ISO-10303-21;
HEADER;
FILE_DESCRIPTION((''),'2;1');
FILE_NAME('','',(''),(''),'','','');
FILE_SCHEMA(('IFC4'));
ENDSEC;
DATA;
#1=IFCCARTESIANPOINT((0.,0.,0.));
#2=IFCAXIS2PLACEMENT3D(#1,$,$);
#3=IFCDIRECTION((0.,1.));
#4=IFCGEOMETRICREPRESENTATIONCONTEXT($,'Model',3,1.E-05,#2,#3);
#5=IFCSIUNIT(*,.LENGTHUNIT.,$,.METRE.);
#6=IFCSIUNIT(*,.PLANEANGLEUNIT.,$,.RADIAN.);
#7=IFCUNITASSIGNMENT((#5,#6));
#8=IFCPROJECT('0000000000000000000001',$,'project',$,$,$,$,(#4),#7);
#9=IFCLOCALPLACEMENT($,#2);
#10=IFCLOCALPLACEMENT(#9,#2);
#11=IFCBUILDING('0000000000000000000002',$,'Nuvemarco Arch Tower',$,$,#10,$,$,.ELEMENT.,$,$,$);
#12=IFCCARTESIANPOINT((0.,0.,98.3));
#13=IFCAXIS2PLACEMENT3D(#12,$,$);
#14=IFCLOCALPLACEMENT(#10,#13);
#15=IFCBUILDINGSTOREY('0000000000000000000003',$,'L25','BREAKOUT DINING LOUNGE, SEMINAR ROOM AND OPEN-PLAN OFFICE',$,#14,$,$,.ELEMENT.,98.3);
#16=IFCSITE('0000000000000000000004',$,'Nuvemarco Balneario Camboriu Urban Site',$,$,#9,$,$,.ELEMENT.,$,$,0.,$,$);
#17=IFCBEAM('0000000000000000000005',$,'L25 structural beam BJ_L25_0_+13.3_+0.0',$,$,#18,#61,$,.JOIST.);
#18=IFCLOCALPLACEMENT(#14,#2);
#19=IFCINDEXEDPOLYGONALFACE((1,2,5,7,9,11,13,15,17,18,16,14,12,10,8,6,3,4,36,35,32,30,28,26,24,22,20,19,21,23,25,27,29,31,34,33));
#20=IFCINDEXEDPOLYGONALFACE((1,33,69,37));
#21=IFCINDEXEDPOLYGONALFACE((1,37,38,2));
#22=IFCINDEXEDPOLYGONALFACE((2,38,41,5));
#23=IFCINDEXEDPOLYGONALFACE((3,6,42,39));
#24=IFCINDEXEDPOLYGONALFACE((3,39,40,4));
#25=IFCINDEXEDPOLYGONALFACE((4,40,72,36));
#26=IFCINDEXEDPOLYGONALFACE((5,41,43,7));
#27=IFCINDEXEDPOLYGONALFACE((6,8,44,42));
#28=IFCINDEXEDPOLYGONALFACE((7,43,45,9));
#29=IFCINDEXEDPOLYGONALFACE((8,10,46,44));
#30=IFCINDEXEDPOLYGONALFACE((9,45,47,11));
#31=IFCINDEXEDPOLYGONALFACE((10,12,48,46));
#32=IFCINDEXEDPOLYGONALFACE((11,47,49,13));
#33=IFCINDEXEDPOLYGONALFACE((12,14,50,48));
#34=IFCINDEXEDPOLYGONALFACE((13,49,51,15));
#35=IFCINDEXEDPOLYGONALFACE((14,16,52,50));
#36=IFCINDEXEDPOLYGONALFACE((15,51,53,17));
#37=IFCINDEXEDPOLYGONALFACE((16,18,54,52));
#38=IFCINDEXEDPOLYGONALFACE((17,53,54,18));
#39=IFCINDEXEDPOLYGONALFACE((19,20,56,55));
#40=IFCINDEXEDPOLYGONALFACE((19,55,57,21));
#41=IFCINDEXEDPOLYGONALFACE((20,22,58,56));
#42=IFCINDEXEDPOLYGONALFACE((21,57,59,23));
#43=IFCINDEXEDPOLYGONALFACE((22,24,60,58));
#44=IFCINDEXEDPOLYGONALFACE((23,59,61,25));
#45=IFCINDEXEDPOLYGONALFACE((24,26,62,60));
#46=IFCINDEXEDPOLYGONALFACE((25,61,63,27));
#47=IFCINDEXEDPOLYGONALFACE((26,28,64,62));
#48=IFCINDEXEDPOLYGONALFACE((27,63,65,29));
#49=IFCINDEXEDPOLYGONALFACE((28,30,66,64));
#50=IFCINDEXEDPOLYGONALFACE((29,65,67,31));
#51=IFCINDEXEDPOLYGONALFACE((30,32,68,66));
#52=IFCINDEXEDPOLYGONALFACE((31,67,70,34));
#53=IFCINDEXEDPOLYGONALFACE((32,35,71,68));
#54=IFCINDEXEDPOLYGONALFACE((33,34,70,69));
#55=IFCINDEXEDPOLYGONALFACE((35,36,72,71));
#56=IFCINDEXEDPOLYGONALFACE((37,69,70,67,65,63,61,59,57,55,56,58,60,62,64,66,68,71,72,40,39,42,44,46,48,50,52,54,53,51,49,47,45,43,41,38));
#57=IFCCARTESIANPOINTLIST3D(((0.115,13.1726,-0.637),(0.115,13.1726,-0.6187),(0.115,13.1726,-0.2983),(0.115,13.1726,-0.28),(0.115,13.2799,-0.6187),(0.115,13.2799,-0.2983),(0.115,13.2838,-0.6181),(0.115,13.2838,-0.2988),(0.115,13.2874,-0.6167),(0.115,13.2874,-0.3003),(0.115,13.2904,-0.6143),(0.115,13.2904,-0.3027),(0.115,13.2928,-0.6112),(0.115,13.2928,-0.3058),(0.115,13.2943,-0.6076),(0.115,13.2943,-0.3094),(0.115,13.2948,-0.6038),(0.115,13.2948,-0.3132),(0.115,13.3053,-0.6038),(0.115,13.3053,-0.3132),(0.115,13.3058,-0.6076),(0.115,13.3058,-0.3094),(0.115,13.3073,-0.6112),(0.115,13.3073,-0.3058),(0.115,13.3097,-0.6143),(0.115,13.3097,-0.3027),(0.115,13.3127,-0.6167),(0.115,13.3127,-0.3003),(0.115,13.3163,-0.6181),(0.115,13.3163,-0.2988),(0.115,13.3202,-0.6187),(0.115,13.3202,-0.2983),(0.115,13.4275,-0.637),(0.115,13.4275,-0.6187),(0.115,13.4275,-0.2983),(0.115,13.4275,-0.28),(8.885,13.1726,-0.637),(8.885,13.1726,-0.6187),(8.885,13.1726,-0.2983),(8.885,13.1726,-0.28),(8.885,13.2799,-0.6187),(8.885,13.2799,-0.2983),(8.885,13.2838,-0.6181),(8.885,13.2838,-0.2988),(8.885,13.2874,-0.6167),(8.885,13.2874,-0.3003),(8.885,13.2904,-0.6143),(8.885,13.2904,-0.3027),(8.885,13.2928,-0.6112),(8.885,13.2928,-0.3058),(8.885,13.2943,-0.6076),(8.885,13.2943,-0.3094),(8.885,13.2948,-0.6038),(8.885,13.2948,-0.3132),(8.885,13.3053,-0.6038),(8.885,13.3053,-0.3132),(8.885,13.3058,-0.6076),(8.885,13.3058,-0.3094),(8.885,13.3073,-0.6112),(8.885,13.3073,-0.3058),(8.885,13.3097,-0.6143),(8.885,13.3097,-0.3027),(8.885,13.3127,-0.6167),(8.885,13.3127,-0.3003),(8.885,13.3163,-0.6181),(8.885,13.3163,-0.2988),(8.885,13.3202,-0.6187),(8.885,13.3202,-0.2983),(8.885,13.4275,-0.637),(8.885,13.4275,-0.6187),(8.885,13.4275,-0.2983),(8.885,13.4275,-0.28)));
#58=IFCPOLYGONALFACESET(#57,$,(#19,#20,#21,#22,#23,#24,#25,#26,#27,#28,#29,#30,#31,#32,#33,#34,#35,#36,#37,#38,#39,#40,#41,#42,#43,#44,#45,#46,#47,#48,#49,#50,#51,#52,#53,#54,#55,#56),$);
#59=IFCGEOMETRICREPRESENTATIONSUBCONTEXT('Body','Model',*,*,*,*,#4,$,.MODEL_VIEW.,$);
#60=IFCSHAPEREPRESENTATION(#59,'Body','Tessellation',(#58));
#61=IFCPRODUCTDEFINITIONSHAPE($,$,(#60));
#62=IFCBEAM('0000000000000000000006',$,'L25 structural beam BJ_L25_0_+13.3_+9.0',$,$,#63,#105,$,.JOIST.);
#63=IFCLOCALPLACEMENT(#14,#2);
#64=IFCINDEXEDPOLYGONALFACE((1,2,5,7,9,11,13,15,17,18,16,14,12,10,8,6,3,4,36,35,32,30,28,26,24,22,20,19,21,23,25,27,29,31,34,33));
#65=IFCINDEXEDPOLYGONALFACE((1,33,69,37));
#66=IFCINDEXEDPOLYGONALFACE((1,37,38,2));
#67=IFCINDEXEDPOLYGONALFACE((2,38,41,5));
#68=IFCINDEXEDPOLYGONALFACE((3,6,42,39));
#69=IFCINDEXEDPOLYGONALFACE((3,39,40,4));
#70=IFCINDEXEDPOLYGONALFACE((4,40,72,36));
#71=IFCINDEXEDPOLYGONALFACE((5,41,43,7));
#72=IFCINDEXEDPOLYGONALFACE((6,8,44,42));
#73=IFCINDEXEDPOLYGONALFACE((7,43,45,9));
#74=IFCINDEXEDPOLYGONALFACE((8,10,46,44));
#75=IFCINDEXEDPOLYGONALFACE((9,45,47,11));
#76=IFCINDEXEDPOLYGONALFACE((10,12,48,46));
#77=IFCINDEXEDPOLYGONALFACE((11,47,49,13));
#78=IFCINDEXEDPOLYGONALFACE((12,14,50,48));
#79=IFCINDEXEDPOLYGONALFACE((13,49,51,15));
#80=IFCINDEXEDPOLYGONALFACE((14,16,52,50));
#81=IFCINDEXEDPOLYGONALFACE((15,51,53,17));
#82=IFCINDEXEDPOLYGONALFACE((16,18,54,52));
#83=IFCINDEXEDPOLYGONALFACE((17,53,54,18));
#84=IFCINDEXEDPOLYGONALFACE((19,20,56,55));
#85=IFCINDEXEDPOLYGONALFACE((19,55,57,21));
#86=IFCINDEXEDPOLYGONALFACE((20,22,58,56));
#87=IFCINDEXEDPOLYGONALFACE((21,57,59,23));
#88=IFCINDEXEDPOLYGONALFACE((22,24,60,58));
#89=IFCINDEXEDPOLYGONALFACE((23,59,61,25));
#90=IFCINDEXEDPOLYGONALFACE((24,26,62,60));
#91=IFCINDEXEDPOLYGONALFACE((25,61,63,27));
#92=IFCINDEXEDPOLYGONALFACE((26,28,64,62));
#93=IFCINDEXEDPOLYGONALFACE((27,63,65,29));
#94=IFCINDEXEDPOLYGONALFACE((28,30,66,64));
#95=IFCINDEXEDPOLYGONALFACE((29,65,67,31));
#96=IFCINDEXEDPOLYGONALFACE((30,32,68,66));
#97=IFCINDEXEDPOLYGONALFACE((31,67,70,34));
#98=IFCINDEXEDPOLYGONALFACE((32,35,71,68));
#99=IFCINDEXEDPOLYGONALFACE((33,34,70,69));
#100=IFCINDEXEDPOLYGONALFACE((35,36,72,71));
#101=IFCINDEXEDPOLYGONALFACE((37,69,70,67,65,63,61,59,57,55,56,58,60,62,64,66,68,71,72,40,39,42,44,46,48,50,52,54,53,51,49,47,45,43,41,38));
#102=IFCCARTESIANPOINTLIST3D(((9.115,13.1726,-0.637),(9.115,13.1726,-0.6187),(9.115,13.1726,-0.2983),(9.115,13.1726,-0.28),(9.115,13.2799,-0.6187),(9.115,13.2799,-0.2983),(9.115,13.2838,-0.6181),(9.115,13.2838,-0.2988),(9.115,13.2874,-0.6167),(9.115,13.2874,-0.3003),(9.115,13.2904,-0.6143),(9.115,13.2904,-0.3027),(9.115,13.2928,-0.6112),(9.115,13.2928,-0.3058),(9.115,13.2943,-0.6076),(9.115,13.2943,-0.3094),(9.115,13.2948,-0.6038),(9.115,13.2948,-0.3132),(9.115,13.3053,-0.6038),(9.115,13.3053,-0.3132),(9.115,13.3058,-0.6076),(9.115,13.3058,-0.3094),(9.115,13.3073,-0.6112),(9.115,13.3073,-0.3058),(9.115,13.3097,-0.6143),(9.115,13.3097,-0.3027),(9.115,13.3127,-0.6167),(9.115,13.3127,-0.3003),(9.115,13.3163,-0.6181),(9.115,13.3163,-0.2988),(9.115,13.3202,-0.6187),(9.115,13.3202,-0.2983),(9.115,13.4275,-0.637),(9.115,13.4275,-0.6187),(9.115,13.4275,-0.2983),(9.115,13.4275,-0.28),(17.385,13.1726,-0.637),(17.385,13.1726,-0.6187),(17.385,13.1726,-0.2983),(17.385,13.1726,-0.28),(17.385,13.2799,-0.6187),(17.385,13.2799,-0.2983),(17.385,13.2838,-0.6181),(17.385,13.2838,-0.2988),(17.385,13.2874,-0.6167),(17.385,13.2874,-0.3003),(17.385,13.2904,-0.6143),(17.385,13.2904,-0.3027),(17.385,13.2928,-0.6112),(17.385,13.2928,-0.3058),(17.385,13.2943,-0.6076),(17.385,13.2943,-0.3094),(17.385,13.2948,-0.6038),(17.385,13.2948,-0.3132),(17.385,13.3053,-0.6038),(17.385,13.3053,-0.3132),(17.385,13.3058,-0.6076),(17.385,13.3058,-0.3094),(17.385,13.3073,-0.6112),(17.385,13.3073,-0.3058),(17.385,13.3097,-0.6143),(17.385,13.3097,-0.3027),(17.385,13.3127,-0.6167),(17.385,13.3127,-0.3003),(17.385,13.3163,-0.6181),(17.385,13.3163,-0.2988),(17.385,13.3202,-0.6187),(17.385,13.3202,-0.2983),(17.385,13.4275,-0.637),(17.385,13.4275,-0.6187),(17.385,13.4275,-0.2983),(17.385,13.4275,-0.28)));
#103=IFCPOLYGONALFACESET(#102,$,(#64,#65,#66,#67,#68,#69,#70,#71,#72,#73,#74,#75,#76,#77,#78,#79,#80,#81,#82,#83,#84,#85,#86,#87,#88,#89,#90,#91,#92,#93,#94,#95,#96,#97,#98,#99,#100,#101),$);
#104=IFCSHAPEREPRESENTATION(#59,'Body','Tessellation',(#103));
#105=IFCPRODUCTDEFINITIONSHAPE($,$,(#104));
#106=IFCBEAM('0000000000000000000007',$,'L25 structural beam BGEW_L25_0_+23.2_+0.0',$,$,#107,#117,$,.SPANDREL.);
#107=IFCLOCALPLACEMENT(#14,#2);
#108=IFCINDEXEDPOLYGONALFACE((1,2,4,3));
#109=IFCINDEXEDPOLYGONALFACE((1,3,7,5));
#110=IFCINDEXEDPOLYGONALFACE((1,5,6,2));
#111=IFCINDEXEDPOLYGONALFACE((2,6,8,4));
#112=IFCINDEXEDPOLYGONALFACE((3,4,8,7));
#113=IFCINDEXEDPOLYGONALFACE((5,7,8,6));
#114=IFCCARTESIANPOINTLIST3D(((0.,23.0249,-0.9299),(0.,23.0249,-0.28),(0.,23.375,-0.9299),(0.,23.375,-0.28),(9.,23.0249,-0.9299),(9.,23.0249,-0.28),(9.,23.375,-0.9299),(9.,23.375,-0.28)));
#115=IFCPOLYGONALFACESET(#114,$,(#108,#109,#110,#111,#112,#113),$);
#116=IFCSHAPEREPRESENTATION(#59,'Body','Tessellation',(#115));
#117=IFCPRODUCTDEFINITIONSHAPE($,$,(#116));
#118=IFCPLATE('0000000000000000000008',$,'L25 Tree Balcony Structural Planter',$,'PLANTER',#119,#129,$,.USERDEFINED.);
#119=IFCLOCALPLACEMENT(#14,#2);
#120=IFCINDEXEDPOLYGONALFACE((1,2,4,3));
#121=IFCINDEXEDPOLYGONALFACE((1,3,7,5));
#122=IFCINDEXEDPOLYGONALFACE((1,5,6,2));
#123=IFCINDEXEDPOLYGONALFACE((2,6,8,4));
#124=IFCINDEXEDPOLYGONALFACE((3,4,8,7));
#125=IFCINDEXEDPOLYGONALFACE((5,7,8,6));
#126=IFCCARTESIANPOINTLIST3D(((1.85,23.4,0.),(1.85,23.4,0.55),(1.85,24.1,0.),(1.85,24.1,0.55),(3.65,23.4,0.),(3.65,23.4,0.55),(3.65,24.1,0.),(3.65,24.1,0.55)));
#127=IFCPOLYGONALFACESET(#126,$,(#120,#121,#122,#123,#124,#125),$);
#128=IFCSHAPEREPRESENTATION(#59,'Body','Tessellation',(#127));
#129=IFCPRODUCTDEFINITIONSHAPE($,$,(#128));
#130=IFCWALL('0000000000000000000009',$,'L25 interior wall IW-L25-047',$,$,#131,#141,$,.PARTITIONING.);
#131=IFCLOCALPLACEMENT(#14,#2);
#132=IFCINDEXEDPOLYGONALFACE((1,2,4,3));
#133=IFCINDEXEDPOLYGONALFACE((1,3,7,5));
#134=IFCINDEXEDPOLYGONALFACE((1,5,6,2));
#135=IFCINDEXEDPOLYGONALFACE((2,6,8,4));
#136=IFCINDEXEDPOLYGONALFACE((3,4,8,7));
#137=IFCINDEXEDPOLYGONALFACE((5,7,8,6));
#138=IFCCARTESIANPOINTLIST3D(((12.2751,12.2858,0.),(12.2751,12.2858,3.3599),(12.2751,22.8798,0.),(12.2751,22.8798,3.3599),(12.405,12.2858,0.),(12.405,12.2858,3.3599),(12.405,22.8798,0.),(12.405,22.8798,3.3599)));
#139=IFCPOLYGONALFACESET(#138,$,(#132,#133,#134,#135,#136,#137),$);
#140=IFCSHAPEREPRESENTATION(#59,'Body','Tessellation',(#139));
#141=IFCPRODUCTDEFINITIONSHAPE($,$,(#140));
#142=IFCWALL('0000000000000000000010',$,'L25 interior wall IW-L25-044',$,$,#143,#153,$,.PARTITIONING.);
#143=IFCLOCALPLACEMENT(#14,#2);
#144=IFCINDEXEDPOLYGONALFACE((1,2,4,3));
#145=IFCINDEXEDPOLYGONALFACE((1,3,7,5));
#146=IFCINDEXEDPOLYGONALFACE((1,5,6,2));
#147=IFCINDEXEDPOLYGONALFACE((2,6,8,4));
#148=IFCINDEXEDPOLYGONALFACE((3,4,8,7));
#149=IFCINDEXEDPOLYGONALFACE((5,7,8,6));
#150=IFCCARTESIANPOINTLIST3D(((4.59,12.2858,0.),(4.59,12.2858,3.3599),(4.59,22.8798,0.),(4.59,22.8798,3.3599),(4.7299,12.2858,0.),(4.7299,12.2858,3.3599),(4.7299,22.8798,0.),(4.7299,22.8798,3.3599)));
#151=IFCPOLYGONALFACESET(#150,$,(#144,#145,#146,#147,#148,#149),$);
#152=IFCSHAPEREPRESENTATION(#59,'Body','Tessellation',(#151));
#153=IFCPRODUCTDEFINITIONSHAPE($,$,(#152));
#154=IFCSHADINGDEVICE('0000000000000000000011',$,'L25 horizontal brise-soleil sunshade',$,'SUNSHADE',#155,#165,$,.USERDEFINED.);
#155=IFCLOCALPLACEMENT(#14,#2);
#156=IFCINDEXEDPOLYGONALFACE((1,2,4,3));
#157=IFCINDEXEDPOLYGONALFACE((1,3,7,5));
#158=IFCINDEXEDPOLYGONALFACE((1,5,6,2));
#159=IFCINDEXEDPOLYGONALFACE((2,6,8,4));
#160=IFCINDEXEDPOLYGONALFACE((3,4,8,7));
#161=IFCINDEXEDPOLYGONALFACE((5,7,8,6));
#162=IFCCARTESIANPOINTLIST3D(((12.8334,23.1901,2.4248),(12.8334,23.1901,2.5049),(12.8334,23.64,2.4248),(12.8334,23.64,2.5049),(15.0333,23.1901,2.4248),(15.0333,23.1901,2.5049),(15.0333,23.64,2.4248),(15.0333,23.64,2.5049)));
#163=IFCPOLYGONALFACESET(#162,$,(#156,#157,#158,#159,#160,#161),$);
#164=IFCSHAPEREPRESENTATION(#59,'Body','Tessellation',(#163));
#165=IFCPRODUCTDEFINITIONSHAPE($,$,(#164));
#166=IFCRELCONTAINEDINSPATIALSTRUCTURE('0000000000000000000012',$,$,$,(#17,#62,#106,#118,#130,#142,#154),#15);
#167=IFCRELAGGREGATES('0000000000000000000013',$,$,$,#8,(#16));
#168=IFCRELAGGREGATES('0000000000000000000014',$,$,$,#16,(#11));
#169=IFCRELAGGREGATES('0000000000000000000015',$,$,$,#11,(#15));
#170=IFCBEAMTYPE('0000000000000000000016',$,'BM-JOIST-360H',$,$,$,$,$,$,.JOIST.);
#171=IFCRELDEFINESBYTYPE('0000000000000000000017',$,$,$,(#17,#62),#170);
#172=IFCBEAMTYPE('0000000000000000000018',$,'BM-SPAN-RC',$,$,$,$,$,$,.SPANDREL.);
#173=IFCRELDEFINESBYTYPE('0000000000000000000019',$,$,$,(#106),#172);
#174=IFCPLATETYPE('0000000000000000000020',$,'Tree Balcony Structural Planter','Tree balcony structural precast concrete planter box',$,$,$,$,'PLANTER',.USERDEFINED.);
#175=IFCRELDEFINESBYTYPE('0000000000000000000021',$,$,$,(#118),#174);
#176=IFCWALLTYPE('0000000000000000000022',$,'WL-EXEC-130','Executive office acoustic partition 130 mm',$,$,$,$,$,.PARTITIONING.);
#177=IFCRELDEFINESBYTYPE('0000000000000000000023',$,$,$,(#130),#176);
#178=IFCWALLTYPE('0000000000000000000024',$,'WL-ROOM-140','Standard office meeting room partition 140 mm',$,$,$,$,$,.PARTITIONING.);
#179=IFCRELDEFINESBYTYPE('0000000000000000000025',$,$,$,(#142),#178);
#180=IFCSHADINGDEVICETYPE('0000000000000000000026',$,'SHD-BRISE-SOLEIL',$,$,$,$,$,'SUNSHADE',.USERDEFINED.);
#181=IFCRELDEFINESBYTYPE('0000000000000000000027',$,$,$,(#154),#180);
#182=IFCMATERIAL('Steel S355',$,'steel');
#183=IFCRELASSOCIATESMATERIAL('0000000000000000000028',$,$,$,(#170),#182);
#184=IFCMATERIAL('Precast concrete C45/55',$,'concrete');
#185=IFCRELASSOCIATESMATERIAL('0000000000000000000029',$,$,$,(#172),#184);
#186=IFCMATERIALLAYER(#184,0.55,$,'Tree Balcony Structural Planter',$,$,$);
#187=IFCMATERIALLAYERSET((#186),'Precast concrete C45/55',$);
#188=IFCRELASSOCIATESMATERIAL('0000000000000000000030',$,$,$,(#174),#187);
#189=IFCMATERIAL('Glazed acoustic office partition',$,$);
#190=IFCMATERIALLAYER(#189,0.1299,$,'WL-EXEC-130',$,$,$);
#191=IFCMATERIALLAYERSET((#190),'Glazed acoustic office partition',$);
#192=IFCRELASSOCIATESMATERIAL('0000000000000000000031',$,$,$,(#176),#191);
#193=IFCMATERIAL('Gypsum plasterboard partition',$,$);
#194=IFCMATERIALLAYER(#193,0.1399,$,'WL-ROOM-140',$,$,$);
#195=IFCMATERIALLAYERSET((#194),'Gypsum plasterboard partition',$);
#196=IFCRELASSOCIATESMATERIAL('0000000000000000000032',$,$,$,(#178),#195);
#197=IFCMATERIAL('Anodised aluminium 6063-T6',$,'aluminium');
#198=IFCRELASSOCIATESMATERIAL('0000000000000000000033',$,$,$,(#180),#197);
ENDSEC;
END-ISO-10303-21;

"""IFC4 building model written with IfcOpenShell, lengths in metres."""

from ifc_helpers import new_model, si_unit, direction, frame, frame_2d, origin, origin_2d, place, context, subcontext, project, spatial, rectangle, i_section, extrude, source, transform, mapped, material, layer, layer_set, material_profile, profile_set, type_object, type_shapes, element, save


model = new_model("IFC4")

# Units and contexts
model_context = context("Model", 3, precision=1e-05, world=origin(), true_north=direction((0.0, 1.0)))
body_context = subcontext(model_context, "Body", "Model", "MODEL_VIEW")
ifc_project = project(units=[si_unit("LENGTHUNIT", "METRE"), si_unit("PLANEANGLEUNIT", "RADIAN")], contexts=[model_context])

# Site, building, storey
site_placement = place(None, origin())
site = spatial("IfcSite", under=ifc_project, at=site_placement, Name="Nuvemarco Balneario Camboriu Urban Site", CompositionType="ELEMENT", RefElevation=0.0)
building_placement = place(site_placement, origin())
building = spatial("IfcBuilding", under=site, at=building_placement, Name="Nuvemarco Arch Tower", CompositionType="ELEMENT")
storey_placement = place(building_placement, frame((0.0, 0.0, 98.3)))
storey = spatial("IfcBuildingStorey", under=building, at=storey_placement, Name="L25", Description="BREAKOUT DINING LOUNGE, SEMINAR ROOM AND OPEN-PLAN OFFICE", CompositionType="ELEMENT", Elevation=98.3)

# Shared definitions
ifc_material_1 = material(Name="Steel S355", Category="steel")

# Beams
ifc_material_profile_1 = material_profile(ifc_material_1, i_section(OverallWidth=0.2549, OverallDepth=0.3569, WebThickness=0.0105, FlangeThickness=0.0183, FilletRadius=0.0149, at=origin_2d()), Name="W360x101")
ifc_profile_set_1 = profile_set([ifc_material_profile_1], Name="Steel S355")
beam_type_1 = type_object("IfcBeamType", Name="BM-JOIST-360H", PredefinedType="JOIST", material=ifc_profile_set_1)
beam_1_placement = place(storey_placement, frame((0.115, 13.3, -0.4585), z_axis=(1.0, 0.0, 0.0), x_axis=(0.0, 1.0, 0.0)))
element("IfcBeam", 1, at=beam_1_placement, inside=storey, type_object=beam_type_1, Name="L25 structural beam BJ_L25_0_+13.3_+0.0", PredefinedType="JOIST", context=body_context, shape_type="SweptSolid", body=[
    extrude(i_section(OverallWidth=0.2549, OverallDepth=0.3569, WebThickness=0.0105, FlangeThickness=0.0183, FilletRadius=0.0149, at=origin_2d()), origin(), (0.0, 0.0, 1.0), 8.77),
])
beam_2_placement = place(storey_placement, frame((9.115, 13.3, -0.4585), z_axis=(1.0, 0.0, 0.0), x_axis=(0.0, 1.0, 0.0)))
element("IfcBeam", 2, at=beam_2_placement, inside=storey, type_object=beam_type_1, Name="L25 structural beam BJ_L25_0_+13.3_+9.0", PredefinedType="JOIST", context=body_context, shape_type="SweptSolid", body=[
    extrude(i_section(OverallWidth=0.2549, OverallDepth=0.3569, WebThickness=0.0105, FlangeThickness=0.0183, FilletRadius=0.0149, at=origin_2d()), origin(), (0.0, 0.0, 1.0), 8.27),
])
ifc_material_2 = material(Name="Precast concrete C45/55", Category="concrete")
ifc_material_profile_2 = material_profile(ifc_material_2, rectangle(XDim=0.3501, YDim=0.6499, at=origin_2d()), Name="PC-SP-350x650")
ifc_profile_set_2 = profile_set([ifc_material_profile_2], Name="Precast concrete C45/55")
beam_type_2 = type_object("IfcBeamType", Name="BM-SPAN-RC", PredefinedType="SPANDREL", material=ifc_profile_set_2)
beam_3_placement = place(storey_placement, frame((0.0, 23.2, -0.605), z_axis=(1.0, 0.0, 0.0), x_axis=(0.0, 1.0, 0.0)))
element("IfcBeam", 3, at=beam_3_placement, inside=storey, type_object=beam_type_2, Name="L25 structural beam BGEW_L25_0_+23.2_+0.0", PredefinedType="SPANDREL", context=body_context, shape_type="SweptSolid", body=[
    extrude(rectangle(XDim=0.3501, YDim=0.6499, at=origin_2d()), origin(), (0.0, 0.0, 1.0), 9.0),
])

# Plate
ifc_layer_1 = layer(ifc_material_2, 0.55, Name="Tree Balcony Structural Planter")
ifc_layer_set_1 = layer_set([ifc_layer_1], Name="Precast concrete C45/55")
plate_type = type_object("IfcPlateType", Name="Tree Balcony Structural Planter", Description="Tree balcony structural precast concrete planter box", ElementType="PLANTER", PredefinedType="USERDEFINED", material=ifc_layer_set_1)
shared_shape_1 = source(origin(), body_context, "Body", "SweptSolid", [
    extrude(rectangle(XDim=1.8, YDim=0.7, at=origin_2d()), origin(), (0.0, 0.0, 1.0), 0.55),
])
type_shapes(plate_type, [shared_shape_1])
plate_placement = place(storey_placement, frame((2.75, 23.75, 0.0), z_axis=(0.0, 0.0, 1.0), x_axis=(1.0, 0.0, 0.0)))
element("IfcPlate", 4, at=plate_placement, inside=storey, type_object=plate_type, Name="L25 Tree Balcony Structural Planter", ObjectType="PLANTER", PredefinedType="USERDEFINED", context=body_context, shape_type="MappedRepresentation", body=[
    mapped(shared_shape_1, transform((0.0, 0.0, 0.0), scale=1.0)),
])

# Walls
ifc_material_3 = material(Name="Glazed acoustic office partition")
ifc_layer_2 = layer(ifc_material_3, 0.1299, Name="WL-EXEC-130")
ifc_layer_set_2 = layer_set([ifc_layer_2], Name="Glazed acoustic office partition")
wall_type_1 = type_object("IfcWallType", Name="WL-EXEC-130", Description="Executive office acoustic partition 130 mm", PredefinedType="PARTITIONING", material=ifc_layer_set_2)
wall_1_placement = place(storey_placement, frame((12.3401, 12.2859, 0.0), z_axis=(0.0, 0.0, 1.0), x_axis=(0.0, 1.0, 0.0)))
element("IfcWall", 5, at=wall_1_placement, inside=storey, type_object=wall_type_1, Name="L25 interior wall IW-L25-047", PredefinedType="PARTITIONING", context=body_context, shape_type="SweptSolid", body=[
    extrude(rectangle(XDim=10.594, YDim=0.1299, at=frame_2d((5.2969, 0.0))), origin(), (0.0, 0.0, 1.0), 3.3599),
])
ifc_material_4 = material(Name="Gypsum plasterboard partition")
ifc_layer_3 = layer(ifc_material_4, 0.1399, Name="WL-ROOM-140")
ifc_layer_set_3 = layer_set([ifc_layer_3], Name="Gypsum plasterboard partition")
wall_type_2 = type_object("IfcWallType", Name="WL-ROOM-140", Description="Standard office meeting room partition 140 mm", PredefinedType="PARTITIONING", material=ifc_layer_set_3)
wall_2_placement = place(storey_placement, frame((4.6599, 12.2859, 0.0), z_axis=(0.0, 0.0, 1.0), x_axis=(0.0, 1.0, 0.0)))
element("IfcWall", 6, at=wall_2_placement, inside=storey, type_object=wall_type_2, Name="L25 interior wall IW-L25-044", PredefinedType="PARTITIONING", context=body_context, shape_type="SweptSolid", body=[
    extrude(rectangle(XDim=10.594, YDim=0.1399, at=frame_2d((5.2969, 0.0))), origin(), (0.0, 0.0, 1.0), 3.3599),
])

# Shading device
ifc_material_5 = material(Name="Anodised aluminium 6063-T6", Category="aluminium")
shading_device_type = type_object("IfcShadingDeviceType", Name="SHD-BRISE-SOLEIL", ElementType="SUNSHADE", PredefinedType="USERDEFINED", material=ifc_material_5)
shared_shape_2 = source(origin(), body_context, "Body", "SweptSolid", [
    extrude(rectangle(XDim=2.2, YDim=0.45, at=origin_2d()), origin(), (0.0, 0.0, 1.0), 0.0801),
])
type_shapes(shading_device_type, [shared_shape_2])
shading_device_placement = place(storey_placement, frame((13.9333, 23.415, 2.4248), z_axis=(0.0, 0.0, 1.0), x_axis=(1.0, 0.0, 0.0)))
element("IfcShadingDevice", 7, at=shading_device_placement, inside=storey, type_object=shading_device_type, Name="L25 horizontal brise-soleil sunshade", ObjectType="SUNSHADE", PredefinedType="USERDEFINED", context=body_context, shape_type="MappedRepresentation", body=[
    mapped(shared_shape_2, transform((0.0, 0.0, 0.0), scale=1.0)),
])

save(model, "model.ifc")
